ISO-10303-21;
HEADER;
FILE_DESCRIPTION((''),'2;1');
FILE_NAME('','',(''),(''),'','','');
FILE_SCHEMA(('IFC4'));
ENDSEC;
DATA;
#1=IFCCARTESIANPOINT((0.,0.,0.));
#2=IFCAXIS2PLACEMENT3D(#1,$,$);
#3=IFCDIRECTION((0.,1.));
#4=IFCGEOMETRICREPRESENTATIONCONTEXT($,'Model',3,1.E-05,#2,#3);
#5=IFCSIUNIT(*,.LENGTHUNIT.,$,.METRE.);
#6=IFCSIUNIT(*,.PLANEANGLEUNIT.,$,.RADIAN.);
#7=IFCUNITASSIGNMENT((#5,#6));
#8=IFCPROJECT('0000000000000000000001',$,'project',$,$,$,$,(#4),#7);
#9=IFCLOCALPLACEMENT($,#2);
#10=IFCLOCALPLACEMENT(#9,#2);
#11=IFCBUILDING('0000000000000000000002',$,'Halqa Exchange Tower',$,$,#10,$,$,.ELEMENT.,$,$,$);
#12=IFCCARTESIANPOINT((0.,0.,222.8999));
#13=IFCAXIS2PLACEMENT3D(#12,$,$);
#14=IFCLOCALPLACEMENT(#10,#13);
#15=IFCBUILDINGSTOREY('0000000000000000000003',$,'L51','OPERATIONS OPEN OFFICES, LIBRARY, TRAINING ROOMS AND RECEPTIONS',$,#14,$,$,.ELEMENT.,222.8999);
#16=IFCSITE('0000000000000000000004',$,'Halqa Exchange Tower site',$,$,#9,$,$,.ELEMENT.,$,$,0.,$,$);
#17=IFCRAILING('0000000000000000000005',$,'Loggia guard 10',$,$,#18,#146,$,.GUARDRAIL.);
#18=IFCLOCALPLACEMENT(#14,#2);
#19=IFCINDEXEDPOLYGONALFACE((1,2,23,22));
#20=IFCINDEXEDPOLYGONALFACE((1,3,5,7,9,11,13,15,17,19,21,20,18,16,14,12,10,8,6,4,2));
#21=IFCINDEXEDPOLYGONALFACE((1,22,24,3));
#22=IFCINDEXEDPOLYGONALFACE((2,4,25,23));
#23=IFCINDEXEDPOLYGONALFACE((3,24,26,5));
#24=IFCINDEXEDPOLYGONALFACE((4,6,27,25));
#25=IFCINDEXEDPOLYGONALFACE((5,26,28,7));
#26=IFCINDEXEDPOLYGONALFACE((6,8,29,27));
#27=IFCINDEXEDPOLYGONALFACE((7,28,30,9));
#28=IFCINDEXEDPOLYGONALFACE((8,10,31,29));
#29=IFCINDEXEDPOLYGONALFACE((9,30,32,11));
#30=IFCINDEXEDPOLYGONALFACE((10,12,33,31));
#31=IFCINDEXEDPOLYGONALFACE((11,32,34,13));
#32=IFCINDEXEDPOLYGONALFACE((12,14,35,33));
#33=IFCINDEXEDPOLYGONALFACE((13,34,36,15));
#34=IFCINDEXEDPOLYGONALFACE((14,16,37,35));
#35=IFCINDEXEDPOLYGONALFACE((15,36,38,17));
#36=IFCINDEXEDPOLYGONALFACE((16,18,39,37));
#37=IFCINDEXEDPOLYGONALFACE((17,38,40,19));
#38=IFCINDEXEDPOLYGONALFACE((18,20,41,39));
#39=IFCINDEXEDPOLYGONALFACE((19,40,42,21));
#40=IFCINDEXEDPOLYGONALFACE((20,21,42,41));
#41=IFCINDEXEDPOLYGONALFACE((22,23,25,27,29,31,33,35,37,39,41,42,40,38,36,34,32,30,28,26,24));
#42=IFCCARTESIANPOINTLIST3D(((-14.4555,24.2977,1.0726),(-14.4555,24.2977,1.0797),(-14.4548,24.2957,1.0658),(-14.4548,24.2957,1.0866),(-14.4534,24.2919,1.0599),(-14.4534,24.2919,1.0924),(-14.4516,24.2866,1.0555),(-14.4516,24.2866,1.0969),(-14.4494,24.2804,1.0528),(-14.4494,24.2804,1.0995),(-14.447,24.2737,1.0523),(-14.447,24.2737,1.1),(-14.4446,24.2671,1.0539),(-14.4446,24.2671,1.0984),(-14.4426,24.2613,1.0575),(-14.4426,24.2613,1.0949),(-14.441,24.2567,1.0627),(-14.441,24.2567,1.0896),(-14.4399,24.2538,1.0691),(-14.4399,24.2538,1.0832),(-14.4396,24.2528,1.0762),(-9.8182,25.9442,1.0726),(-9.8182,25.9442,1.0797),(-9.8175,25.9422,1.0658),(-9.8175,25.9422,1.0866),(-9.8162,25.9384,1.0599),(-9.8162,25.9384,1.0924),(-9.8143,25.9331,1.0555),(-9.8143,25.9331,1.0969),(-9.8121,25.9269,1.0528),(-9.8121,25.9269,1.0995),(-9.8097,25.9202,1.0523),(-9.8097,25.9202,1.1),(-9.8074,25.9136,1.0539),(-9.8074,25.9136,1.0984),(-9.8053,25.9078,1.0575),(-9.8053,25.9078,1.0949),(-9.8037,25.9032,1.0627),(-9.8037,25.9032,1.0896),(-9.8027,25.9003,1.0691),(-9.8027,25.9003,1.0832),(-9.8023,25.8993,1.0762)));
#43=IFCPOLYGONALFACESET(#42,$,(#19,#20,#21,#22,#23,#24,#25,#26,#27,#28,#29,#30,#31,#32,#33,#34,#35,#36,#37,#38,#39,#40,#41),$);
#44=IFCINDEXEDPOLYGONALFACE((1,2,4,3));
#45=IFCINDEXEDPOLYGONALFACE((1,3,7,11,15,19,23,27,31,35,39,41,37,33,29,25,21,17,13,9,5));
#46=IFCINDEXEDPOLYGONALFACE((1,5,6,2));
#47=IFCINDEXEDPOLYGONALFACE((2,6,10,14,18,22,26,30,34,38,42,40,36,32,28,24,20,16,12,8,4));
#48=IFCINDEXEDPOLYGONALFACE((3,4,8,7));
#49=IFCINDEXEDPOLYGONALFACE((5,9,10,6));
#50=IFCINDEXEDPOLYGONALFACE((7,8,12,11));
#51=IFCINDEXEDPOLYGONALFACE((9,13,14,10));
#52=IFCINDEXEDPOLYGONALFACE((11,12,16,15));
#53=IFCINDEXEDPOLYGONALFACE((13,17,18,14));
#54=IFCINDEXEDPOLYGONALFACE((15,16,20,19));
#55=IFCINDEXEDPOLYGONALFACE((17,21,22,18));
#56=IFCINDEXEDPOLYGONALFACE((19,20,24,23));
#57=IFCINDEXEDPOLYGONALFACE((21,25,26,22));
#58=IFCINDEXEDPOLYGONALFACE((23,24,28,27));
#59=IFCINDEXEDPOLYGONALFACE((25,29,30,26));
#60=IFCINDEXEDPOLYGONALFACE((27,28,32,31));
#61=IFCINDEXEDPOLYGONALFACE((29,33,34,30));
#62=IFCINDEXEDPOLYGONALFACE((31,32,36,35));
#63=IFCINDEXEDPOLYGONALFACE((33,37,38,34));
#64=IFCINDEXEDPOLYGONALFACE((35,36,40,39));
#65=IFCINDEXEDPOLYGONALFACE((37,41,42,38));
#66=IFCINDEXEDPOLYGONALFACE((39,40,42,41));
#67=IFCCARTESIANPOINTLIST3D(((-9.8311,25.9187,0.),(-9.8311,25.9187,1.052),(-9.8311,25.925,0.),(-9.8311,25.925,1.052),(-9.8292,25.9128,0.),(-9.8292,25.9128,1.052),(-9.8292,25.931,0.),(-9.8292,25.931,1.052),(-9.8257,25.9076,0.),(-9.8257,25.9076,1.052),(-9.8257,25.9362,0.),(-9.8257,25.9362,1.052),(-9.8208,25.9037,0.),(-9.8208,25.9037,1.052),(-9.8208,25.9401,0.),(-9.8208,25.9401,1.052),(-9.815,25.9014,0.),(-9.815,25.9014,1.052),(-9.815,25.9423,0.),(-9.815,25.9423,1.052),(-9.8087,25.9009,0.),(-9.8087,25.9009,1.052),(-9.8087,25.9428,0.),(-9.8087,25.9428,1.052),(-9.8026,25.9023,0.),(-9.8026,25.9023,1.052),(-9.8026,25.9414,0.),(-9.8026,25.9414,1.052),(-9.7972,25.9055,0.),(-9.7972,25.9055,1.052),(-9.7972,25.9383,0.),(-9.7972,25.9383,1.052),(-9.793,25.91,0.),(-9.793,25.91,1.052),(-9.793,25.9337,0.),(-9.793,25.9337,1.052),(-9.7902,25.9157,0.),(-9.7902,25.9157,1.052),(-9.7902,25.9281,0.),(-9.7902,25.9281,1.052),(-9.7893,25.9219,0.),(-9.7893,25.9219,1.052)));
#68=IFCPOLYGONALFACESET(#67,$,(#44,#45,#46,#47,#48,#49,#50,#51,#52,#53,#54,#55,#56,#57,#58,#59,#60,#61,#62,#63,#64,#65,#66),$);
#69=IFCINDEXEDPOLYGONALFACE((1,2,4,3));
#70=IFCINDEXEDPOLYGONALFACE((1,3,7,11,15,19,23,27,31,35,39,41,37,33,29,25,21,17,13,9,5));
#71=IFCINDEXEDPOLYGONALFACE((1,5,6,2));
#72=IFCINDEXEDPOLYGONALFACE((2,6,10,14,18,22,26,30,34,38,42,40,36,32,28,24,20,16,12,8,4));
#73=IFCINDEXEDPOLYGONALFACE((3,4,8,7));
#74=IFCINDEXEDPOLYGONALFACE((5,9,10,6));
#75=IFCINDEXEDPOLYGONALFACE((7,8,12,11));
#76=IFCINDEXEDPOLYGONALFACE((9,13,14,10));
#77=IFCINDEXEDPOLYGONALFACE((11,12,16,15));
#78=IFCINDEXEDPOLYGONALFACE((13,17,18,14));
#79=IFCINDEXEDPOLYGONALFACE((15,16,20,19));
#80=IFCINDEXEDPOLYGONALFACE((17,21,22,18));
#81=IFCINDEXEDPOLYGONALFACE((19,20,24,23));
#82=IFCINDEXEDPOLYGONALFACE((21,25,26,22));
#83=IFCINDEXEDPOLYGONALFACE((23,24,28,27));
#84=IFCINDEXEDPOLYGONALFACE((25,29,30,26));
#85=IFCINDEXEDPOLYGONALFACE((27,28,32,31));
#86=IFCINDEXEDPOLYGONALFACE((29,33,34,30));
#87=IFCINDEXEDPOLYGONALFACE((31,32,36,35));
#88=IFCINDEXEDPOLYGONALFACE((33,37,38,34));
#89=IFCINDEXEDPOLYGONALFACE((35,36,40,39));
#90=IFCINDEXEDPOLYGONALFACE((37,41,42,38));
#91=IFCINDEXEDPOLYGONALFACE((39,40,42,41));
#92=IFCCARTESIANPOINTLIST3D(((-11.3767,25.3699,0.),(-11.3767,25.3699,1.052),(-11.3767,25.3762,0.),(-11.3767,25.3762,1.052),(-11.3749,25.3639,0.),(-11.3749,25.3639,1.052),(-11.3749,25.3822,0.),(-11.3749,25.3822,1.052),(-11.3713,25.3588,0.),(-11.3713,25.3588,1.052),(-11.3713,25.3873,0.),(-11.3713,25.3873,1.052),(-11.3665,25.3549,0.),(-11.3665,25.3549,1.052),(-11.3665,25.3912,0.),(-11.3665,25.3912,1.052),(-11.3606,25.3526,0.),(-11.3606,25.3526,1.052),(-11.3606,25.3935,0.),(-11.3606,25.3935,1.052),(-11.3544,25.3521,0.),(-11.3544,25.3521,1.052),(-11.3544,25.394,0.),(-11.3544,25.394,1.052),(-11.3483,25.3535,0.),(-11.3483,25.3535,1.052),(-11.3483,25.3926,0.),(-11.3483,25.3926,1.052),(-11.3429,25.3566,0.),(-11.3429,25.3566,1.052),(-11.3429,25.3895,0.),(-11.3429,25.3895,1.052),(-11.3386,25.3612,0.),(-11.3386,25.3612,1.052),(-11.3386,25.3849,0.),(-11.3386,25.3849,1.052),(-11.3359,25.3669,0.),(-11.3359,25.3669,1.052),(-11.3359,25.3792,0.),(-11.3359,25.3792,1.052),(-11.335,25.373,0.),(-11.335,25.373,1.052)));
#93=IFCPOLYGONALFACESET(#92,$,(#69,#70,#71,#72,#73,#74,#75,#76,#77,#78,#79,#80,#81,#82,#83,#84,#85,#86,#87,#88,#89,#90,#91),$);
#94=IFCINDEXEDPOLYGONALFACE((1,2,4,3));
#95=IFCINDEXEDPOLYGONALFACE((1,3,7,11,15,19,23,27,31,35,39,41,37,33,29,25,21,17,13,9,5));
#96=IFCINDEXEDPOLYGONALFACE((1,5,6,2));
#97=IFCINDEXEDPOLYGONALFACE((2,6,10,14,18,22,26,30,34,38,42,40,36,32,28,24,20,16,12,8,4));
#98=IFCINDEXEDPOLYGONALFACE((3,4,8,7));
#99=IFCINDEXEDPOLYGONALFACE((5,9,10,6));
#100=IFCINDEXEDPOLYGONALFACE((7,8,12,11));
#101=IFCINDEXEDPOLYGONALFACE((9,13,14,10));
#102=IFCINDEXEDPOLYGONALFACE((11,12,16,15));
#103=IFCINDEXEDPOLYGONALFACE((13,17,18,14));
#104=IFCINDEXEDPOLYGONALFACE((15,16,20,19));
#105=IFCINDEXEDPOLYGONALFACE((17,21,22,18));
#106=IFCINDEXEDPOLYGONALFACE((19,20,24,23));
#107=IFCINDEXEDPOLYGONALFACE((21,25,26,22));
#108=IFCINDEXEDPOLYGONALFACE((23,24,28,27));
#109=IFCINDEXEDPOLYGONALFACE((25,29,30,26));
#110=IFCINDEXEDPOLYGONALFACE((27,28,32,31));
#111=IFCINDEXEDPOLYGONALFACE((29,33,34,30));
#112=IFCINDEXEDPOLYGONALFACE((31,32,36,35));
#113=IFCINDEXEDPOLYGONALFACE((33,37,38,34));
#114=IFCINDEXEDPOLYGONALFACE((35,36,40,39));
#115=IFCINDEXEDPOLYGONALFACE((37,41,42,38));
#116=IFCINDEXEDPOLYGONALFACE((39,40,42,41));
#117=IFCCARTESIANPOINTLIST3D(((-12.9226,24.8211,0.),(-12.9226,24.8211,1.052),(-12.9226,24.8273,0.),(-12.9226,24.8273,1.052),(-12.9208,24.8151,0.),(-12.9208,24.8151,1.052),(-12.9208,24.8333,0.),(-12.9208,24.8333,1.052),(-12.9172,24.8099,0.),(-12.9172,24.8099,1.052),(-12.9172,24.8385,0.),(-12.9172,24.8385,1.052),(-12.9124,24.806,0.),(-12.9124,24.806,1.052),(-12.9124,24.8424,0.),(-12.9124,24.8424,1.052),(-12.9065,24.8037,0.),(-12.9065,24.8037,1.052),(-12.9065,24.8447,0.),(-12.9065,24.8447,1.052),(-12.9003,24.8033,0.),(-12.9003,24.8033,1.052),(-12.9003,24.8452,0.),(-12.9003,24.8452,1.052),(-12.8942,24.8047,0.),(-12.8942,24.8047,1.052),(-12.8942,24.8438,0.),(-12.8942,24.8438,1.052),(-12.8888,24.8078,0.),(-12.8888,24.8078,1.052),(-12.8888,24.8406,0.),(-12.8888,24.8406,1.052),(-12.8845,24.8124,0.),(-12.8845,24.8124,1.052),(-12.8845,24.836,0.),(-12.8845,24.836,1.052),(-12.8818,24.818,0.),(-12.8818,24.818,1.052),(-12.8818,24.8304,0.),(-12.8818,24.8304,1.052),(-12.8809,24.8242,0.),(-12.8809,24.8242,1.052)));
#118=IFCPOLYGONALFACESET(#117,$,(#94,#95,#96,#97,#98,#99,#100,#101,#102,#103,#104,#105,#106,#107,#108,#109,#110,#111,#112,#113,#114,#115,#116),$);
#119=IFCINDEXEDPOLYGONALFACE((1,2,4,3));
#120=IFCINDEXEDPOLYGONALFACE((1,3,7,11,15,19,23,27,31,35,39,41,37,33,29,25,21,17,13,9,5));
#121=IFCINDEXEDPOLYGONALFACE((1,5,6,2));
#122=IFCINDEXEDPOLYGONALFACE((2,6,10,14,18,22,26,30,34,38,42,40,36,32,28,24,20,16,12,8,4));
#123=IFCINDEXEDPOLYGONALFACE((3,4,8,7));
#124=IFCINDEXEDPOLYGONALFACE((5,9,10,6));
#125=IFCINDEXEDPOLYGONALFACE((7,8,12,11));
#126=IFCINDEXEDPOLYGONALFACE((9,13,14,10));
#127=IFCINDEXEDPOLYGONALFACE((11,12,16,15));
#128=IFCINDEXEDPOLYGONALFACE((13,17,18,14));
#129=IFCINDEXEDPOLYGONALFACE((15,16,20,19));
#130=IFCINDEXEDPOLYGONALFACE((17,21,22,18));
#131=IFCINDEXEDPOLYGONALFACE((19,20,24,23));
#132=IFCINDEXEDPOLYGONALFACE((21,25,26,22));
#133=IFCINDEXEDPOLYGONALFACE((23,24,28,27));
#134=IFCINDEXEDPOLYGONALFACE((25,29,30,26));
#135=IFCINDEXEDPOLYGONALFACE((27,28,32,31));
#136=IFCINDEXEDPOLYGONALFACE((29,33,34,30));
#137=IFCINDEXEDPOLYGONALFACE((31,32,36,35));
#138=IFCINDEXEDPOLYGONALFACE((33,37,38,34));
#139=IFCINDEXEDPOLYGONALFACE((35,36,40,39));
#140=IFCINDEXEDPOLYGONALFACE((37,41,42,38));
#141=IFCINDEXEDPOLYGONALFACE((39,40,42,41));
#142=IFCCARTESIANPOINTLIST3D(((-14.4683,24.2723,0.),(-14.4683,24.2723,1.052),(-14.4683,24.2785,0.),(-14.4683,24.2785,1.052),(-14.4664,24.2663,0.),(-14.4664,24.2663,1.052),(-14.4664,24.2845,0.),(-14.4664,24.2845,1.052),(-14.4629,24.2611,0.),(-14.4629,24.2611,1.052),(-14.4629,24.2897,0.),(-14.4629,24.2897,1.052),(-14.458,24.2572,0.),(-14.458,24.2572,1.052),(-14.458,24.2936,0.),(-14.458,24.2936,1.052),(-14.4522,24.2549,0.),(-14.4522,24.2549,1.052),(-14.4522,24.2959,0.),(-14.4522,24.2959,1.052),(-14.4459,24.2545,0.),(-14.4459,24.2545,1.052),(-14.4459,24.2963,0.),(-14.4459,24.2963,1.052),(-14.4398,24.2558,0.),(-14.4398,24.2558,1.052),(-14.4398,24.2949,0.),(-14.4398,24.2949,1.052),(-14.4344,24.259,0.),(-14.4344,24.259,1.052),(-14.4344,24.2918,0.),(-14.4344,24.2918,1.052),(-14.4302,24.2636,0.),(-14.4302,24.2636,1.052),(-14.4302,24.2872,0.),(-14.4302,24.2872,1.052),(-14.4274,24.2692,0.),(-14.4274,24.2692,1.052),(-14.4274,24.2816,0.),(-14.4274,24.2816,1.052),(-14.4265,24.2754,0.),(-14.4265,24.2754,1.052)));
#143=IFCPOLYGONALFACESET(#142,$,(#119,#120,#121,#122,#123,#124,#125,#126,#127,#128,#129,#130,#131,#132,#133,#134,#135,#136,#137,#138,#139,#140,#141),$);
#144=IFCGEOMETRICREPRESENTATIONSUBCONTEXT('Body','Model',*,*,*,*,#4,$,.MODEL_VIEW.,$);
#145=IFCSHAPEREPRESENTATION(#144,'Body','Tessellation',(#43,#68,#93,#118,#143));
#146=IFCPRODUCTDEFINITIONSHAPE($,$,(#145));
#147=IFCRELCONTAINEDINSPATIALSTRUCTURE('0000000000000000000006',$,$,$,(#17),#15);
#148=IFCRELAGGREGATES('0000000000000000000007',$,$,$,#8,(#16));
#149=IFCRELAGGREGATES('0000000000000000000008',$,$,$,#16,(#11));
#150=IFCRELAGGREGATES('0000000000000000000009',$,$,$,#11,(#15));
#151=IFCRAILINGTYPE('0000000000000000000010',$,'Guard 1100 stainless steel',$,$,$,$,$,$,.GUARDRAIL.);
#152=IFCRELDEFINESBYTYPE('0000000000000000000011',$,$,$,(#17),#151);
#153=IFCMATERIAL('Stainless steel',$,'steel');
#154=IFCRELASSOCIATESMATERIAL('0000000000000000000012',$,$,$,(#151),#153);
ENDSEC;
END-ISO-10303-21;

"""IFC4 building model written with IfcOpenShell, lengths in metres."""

from ifc_helpers import new_model, si_unit, direction, frame, origin, origin_2d, place, context, subcontext, project, spatial, circle, extrude, material, type_object, element, save


model = new_model("IFC4")

# Units and contexts
model_context = context("Model", 3, precision=1e-05, world=origin(), true_north=direction((0.0, 1.0)))
body_context = subcontext(model_context, "Body", "Model", "MODEL_VIEW")
ifc_project = project(units=[si_unit("LENGTHUNIT", "METRE"), si_unit("PLANEANGLEUNIT", "RADIAN")], contexts=[model_context])

# Site, building, storey
site_placement = place(None, origin())
site = spatial("IfcSite", under=ifc_project, at=site_placement, Name="Halqa Exchange Tower site", CompositionType="ELEMENT", RefElevation=0.0)
building_placement = place(site_placement, origin())
building = spatial("IfcBuilding", under=site, at=building_placement, Name="Halqa Exchange Tower", CompositionType="ELEMENT")
storey_placement = place(building_placement, frame((0.0, 0.0, 222.8999)))
storey = spatial("IfcBuildingStorey", under=building, at=storey_placement, Name="L51", Description="OPERATIONS OPEN OFFICES, LIBRARY, TRAINING ROOMS AND RECEPTIONS", CompositionType="ELEMENT", Elevation=222.8999)

# Railing
ifc_material_1 = material(Name="Stainless steel", Category="steel")
railing_type_1 = type_object("IfcRailingType", Name="Guard 1100 stainless steel", PredefinedType="GUARDRAIL", material=ifc_material_1)
railing_1_placement = place(storey_placement, frame((-9.8103, 25.9219, 0.0)))
element("IfcRailing", 1, at=railing_1_placement, inside=storey, type_object=railing_type_1, Name="Loggia guard 10", PredefinedType="GUARDRAIL", context=body_context, shape_type="SweptSolid", body=[
    extrude(circle(Radius=0.0239, at=origin_2d()), frame((0.0, 0.0, 1.0762), z_axis=(-0.942362, -0.334595, 0.0), x_axis=(0.334595, -0.942362, 0.0)), (0.0, 0.0, 1.0), 4.9209),
    extrude(circle(Radius=0.021, at=origin_2d()), origin(), (0.0, 0.0, 1.0), 1.052),
    extrude(circle(Radius=0.021, at=origin_2d()), frame((-1.5457, -0.5488, 0.0)), (0.0, 0.0, 1.0), 1.052),
    extrude(circle(Radius=0.021, at=origin_2d()), frame((-3.0916, -1.0977, 0.0)), (0.0, 0.0, 1.0), 1.052),
    extrude(circle(Radius=0.021, at=origin_2d()), frame((-4.6372, -1.6465, 0.0)), (0.0, 0.0, 1.0), 1.052),
])

save(model, "model.ifc")
